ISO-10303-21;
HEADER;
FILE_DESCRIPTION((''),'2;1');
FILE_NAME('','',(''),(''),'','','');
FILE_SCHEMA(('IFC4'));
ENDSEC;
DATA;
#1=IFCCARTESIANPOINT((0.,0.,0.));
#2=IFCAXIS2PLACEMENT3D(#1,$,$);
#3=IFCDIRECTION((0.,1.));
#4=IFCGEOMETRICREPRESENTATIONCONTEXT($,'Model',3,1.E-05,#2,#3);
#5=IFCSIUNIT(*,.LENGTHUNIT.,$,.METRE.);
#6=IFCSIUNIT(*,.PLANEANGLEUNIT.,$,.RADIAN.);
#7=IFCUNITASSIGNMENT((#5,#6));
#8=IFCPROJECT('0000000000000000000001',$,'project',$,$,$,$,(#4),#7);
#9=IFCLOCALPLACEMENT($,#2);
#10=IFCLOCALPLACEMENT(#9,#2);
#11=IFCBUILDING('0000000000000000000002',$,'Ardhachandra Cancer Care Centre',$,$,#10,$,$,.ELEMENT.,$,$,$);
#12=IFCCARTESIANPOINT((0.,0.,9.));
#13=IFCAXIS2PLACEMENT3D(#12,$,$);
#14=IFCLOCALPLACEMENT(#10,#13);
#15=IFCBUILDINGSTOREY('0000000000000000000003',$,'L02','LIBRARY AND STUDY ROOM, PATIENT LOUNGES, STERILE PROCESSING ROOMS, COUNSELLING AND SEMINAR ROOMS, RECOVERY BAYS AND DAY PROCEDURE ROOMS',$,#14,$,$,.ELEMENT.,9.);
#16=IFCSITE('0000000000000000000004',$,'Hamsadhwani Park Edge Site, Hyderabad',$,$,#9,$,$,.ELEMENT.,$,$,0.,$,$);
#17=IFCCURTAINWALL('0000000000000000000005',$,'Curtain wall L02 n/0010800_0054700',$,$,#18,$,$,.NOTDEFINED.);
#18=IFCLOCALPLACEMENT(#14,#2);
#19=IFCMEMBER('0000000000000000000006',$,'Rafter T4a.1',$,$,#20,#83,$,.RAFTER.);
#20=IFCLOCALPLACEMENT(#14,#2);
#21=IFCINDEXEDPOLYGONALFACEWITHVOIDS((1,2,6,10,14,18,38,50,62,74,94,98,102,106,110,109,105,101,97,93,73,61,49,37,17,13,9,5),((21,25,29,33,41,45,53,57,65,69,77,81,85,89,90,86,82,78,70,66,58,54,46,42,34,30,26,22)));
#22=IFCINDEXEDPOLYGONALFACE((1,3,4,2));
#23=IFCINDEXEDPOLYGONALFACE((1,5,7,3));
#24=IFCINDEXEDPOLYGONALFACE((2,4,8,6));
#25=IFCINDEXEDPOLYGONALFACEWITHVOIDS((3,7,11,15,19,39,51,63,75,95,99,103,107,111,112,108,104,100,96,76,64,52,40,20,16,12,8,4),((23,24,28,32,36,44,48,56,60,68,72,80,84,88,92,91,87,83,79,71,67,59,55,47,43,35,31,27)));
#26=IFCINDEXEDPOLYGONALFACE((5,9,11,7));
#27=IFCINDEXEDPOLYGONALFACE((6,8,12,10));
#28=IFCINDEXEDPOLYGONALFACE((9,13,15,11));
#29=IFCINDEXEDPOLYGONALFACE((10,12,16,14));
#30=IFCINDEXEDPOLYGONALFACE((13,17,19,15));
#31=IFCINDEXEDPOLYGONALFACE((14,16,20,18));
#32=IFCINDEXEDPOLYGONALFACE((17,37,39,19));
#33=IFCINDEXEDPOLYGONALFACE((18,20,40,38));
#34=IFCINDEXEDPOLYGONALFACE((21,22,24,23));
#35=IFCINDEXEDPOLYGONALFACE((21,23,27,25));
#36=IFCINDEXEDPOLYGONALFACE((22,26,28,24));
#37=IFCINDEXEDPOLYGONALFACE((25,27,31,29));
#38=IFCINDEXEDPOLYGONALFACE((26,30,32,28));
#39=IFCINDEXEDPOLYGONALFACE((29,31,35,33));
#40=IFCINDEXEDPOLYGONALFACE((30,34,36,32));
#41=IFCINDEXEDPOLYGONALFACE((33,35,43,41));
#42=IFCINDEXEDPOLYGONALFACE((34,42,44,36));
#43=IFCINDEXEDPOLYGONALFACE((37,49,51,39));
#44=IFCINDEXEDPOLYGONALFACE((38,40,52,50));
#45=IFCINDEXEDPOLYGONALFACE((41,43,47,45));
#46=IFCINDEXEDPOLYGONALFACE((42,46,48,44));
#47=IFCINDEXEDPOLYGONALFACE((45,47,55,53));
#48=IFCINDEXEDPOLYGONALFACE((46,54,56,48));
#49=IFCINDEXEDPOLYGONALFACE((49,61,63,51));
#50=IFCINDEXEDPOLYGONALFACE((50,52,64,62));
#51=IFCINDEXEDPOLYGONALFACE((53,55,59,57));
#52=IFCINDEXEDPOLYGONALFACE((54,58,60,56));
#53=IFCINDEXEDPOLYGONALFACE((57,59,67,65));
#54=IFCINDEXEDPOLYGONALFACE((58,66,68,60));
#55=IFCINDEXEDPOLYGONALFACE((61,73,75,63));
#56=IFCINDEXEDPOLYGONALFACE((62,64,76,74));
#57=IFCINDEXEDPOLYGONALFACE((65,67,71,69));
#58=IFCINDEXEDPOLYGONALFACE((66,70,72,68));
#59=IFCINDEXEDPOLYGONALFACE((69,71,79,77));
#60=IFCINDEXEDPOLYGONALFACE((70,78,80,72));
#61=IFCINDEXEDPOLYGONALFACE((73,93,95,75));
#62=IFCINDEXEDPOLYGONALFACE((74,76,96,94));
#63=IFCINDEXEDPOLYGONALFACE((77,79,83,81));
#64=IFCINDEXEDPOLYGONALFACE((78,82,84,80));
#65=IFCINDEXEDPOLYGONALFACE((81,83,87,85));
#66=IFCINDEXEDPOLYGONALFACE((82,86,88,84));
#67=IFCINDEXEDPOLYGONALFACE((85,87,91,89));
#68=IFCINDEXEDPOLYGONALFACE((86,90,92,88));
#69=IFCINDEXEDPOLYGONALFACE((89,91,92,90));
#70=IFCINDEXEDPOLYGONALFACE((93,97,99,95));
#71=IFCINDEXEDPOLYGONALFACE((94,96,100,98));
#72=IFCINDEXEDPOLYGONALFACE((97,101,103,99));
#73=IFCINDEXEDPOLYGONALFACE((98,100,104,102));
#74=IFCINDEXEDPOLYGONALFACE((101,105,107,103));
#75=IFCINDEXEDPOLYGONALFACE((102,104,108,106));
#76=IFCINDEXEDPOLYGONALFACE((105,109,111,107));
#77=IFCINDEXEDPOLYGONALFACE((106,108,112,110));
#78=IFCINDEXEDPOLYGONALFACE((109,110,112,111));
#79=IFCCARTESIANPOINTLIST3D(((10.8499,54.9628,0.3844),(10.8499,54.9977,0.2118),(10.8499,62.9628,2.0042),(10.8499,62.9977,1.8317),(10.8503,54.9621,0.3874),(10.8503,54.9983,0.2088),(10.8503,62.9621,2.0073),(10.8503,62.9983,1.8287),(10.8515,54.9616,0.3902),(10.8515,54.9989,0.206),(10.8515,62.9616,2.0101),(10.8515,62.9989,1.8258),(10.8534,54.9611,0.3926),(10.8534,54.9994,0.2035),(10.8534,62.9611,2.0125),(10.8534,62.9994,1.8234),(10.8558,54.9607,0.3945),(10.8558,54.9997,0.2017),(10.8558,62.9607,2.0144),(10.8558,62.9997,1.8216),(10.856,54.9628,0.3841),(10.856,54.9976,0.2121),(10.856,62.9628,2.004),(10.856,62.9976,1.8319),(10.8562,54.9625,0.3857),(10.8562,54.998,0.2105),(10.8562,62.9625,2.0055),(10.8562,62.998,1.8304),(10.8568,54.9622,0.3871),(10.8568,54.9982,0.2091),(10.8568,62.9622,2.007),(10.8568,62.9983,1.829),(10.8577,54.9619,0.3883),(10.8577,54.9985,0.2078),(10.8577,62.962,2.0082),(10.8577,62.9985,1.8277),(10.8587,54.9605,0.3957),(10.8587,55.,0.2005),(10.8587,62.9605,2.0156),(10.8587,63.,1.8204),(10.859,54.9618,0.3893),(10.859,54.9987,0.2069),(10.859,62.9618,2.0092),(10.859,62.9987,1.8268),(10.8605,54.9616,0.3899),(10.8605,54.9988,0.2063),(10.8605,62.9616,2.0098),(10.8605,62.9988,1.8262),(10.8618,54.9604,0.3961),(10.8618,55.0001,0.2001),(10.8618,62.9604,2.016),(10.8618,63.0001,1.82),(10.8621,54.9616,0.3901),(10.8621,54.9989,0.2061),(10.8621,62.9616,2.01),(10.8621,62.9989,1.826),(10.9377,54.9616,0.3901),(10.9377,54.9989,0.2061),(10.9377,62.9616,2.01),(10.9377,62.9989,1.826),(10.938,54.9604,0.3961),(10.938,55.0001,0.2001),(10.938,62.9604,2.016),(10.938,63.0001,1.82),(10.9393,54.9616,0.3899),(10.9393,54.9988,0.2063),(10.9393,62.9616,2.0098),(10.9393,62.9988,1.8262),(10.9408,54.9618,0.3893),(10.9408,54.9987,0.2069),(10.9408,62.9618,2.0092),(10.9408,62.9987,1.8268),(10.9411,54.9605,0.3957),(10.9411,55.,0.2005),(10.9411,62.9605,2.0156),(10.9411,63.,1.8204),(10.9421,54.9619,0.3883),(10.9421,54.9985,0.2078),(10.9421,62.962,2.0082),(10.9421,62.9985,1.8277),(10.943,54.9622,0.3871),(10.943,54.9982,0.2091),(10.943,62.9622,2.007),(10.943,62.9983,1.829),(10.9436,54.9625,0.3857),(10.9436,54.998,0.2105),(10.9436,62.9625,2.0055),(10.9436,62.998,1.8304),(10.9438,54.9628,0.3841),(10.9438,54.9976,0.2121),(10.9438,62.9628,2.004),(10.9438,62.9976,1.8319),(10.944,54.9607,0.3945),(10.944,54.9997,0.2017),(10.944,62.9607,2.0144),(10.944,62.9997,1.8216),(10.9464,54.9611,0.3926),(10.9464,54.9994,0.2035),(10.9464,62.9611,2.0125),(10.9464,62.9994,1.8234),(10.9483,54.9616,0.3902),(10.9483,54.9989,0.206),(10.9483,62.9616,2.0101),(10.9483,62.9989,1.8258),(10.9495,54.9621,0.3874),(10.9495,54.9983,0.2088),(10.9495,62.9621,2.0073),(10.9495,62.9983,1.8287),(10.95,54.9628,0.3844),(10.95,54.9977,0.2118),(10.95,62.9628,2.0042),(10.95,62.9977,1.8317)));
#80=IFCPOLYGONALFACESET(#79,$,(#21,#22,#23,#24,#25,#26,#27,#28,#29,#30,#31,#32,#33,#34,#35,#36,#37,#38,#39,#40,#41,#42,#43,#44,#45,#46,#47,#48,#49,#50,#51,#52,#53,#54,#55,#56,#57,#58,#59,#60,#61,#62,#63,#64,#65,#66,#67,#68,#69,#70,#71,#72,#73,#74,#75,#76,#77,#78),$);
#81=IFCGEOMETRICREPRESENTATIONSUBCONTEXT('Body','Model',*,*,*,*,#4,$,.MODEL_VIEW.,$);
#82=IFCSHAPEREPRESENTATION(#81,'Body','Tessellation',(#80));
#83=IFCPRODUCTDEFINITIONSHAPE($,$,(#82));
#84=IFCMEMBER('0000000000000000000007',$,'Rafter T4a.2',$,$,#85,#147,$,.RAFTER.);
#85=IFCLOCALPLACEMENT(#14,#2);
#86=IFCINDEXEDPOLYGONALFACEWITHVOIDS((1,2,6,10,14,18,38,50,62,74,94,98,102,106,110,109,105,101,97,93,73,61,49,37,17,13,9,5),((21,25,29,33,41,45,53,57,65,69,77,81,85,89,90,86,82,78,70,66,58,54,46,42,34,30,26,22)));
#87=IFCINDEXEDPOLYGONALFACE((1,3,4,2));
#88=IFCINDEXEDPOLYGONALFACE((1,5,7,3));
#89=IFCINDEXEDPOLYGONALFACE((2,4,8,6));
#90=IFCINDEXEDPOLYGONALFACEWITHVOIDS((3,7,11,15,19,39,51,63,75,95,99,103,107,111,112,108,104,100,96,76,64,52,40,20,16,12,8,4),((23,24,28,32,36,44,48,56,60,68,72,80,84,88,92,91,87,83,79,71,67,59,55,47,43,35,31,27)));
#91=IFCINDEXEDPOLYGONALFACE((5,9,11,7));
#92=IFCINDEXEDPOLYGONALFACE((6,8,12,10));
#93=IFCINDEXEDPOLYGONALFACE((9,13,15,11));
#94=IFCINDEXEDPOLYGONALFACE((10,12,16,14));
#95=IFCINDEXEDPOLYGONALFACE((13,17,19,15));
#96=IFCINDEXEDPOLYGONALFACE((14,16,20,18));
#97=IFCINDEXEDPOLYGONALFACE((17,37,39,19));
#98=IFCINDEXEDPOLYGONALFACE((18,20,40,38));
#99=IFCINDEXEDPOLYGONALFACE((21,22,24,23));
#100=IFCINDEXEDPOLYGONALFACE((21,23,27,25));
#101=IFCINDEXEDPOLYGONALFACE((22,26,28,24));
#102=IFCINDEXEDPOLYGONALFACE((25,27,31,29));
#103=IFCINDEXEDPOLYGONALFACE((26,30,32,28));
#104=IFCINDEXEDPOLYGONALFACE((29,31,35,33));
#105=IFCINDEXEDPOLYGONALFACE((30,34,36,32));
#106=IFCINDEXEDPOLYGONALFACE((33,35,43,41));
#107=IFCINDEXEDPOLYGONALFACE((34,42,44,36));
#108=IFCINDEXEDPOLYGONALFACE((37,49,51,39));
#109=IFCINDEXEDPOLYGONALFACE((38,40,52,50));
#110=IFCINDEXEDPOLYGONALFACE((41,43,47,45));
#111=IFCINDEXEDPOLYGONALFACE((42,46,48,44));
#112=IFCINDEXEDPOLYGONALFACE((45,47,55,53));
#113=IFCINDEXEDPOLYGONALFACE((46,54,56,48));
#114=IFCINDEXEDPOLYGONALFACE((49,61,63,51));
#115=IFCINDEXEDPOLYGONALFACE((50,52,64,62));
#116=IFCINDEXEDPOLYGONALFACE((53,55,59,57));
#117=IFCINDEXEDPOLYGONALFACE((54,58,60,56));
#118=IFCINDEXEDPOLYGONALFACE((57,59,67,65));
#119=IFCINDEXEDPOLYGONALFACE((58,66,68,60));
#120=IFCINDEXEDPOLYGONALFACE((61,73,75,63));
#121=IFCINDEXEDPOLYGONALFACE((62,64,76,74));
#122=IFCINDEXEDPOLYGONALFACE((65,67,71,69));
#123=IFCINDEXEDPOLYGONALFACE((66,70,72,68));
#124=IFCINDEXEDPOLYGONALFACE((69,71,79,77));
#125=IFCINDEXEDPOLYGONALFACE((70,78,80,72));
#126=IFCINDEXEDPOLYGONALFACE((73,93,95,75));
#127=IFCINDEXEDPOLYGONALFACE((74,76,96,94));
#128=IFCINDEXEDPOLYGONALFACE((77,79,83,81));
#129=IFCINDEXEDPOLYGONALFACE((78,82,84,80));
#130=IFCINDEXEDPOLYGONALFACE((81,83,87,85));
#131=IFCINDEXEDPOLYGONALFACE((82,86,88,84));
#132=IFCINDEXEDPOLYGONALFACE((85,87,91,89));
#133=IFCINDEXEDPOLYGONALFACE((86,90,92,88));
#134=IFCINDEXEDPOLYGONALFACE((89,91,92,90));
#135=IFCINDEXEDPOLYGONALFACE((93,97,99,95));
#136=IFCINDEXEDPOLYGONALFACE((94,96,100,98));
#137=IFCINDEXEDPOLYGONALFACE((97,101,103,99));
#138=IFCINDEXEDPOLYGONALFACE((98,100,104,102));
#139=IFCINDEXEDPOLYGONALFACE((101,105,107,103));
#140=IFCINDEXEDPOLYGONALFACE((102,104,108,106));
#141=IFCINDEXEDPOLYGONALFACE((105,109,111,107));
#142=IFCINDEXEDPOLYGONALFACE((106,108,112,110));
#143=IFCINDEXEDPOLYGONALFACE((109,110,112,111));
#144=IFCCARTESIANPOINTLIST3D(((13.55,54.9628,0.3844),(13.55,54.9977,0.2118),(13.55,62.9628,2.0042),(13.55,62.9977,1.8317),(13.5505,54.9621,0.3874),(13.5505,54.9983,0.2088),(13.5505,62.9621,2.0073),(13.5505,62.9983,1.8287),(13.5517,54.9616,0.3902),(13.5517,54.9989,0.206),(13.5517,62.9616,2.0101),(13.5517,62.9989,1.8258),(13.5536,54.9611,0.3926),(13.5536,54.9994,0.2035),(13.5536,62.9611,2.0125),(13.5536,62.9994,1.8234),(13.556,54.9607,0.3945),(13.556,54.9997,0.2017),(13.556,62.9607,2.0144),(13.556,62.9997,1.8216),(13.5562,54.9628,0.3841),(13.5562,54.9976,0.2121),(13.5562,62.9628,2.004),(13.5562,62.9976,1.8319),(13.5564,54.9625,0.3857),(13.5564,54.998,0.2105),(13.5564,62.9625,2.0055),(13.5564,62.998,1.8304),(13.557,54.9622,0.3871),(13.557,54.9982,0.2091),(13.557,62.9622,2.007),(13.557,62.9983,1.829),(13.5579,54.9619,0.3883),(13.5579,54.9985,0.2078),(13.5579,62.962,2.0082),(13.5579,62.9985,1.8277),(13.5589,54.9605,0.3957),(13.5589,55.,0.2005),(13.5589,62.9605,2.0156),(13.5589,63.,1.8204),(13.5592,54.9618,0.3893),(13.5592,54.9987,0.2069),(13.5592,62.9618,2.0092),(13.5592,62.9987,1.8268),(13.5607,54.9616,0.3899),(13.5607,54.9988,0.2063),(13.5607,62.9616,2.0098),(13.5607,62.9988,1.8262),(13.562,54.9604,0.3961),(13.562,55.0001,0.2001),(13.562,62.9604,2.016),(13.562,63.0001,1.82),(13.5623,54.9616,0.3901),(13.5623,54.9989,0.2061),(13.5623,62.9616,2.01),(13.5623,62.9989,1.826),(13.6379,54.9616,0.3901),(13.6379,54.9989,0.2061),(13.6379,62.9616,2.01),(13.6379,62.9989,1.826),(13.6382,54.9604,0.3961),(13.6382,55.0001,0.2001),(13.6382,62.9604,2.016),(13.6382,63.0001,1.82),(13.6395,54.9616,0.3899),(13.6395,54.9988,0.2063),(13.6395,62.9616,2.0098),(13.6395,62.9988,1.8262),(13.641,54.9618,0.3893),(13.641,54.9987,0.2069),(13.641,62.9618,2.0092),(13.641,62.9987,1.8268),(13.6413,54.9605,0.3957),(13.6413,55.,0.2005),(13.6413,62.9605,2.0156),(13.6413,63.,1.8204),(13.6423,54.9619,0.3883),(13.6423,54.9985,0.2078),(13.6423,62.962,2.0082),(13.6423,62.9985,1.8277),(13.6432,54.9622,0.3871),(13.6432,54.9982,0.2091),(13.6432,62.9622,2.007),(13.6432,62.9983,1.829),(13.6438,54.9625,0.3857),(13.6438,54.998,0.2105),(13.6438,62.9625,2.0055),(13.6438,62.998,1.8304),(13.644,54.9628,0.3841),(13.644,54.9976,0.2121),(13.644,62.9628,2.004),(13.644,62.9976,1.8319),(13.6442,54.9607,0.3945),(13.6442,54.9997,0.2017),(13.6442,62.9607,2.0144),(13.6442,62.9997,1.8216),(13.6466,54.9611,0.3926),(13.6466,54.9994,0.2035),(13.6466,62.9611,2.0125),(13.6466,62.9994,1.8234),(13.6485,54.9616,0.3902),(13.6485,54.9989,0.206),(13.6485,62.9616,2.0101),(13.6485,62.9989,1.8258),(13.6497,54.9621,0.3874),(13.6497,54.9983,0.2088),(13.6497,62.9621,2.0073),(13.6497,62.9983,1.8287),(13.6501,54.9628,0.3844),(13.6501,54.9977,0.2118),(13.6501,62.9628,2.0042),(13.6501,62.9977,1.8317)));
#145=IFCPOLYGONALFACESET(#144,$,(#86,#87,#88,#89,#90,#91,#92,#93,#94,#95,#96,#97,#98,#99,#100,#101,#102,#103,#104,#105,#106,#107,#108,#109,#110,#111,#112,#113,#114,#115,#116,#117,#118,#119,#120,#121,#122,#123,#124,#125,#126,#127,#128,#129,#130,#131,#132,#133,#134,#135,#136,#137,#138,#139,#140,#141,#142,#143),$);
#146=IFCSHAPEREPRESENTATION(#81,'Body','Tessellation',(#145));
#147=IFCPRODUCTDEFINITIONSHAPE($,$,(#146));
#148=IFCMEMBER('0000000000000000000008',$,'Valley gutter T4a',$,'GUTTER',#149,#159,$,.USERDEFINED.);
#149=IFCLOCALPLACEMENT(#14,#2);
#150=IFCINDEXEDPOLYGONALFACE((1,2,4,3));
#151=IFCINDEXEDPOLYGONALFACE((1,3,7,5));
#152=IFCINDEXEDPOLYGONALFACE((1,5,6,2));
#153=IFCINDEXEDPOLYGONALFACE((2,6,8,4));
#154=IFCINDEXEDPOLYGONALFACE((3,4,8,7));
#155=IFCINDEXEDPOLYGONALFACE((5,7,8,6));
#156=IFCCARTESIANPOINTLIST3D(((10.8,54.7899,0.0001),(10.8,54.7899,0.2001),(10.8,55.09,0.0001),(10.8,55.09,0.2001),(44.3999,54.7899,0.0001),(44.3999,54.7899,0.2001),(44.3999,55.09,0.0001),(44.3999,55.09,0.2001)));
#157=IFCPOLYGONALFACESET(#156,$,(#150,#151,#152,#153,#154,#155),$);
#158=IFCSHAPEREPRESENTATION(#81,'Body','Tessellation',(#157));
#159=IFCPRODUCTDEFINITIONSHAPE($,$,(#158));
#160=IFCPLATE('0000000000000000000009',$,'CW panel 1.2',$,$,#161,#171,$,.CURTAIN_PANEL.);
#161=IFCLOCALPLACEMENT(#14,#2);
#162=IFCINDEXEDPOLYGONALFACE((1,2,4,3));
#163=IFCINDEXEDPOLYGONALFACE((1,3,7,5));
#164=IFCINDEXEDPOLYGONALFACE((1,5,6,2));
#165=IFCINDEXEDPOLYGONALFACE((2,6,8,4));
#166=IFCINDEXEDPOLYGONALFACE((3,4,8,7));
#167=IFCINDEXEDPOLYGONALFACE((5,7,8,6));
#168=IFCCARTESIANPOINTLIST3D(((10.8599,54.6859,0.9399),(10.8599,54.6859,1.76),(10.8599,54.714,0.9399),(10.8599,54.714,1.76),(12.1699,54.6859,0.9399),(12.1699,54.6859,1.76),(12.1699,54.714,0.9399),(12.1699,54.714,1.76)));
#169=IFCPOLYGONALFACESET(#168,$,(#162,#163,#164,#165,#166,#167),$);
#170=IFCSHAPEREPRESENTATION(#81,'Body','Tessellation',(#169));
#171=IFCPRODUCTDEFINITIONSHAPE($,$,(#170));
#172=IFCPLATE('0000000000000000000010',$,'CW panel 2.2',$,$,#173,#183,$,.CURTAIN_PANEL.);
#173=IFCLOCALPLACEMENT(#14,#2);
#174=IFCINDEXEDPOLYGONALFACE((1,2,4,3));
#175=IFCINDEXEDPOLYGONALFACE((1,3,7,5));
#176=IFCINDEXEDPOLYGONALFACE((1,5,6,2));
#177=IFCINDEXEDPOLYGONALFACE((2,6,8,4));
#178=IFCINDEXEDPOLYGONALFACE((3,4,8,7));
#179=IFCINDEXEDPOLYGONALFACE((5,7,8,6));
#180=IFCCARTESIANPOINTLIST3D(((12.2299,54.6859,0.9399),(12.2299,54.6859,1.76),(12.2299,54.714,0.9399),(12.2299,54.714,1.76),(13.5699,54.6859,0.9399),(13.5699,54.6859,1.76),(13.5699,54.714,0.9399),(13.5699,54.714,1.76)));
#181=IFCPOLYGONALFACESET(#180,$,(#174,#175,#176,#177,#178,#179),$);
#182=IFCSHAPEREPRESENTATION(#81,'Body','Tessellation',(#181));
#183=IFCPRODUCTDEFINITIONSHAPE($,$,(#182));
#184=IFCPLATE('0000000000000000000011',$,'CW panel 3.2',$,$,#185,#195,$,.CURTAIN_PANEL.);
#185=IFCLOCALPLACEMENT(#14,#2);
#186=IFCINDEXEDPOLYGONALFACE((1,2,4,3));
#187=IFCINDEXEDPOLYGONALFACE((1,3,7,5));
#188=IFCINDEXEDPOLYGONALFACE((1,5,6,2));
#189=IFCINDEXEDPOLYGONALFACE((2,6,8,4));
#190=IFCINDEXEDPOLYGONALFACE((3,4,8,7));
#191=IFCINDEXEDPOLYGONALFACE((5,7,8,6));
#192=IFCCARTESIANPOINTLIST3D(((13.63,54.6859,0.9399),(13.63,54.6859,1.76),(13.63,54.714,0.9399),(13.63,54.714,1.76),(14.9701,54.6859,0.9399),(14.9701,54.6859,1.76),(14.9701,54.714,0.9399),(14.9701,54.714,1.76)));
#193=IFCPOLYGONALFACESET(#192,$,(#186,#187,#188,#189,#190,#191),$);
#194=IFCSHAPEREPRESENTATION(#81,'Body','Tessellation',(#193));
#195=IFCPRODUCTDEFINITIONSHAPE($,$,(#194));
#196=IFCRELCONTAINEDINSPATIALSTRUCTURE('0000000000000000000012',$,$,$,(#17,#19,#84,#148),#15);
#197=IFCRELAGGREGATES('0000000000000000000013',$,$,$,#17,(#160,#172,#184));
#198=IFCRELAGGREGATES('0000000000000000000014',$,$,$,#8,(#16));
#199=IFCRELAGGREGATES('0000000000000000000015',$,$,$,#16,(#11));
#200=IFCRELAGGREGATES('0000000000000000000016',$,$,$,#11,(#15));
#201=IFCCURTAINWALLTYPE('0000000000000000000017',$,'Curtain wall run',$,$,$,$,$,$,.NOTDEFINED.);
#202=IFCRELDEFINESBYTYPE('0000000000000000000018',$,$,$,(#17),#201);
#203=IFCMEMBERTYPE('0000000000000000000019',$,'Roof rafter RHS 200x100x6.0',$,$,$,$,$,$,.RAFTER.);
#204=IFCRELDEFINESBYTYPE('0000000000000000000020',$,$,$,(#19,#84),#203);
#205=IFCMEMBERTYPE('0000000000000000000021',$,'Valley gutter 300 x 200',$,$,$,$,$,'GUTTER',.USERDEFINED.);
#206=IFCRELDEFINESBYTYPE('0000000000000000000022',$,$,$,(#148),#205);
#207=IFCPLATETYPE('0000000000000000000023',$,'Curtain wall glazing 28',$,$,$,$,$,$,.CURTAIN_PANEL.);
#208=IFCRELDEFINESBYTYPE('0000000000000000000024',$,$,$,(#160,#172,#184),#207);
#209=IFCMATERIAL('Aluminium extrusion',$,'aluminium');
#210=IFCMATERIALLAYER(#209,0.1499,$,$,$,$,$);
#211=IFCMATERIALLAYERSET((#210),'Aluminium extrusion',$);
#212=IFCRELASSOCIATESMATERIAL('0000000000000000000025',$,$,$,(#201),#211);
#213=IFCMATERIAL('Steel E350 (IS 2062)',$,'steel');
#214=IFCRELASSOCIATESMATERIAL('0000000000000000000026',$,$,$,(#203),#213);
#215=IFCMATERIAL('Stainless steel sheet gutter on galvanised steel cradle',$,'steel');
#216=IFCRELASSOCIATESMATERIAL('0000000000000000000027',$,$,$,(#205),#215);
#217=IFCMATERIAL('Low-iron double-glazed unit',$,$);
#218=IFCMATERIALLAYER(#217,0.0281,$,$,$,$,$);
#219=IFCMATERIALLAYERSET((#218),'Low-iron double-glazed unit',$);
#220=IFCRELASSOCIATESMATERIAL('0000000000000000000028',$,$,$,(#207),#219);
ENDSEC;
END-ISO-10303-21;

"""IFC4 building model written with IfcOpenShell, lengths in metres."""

from ifc_helpers import new_model, si_unit, direction, frame, origin, origin_2d, place, context, subcontext, project, spatial, rectangle, hollow_rectangle, extrude, material, layer, layer_set, material_profile, profile_set, type_object, element, aggregate, save


model = new_model("IFC4")

# Units and contexts
model_context = context("Model", 3, precision=1e-05, world=origin(), true_north=direction((0.0, 1.0)))
body_context = subcontext(model_context, "Body", "Model", "MODEL_VIEW")
ifc_project = project(units=[si_unit("LENGTHUNIT", "METRE"), si_unit("PLANEANGLEUNIT", "RADIAN")], contexts=[model_context])

# Site, building, storey
site_placement = place(None, origin())
site = spatial("IfcSite", under=ifc_project, at=site_placement, Name="Hamsadhwani Park Edge Site, Hyderabad", CompositionType="ELEMENT", RefElevation=0.0)
building_placement = place(site_placement, origin())
building = spatial("IfcBuilding", under=site, at=building_placement, Name="Ardhachandra Cancer Care Centre", CompositionType="ELEMENT")
storey_placement = place(building_placement, frame((0.0, 0.0, 9.0)))
storey = spatial("IfcBuildingStorey", under=building, at=storey_placement, Name="L02", Description="LIBRARY AND STUDY ROOM, PATIENT LOUNGES, STERILE PROCESSING ROOMS, COUNSELLING AND SEMINAR ROOMS, RECOVERY BAYS AND DAY PROCEDURE ROOMS", CompositionType="ELEMENT", Elevation=9.0)

# Curtain wall
ifc_material_1 = material(Name="Aluminium extrusion", Category="aluminium")
ifc_layer_1 = layer(ifc_material_1, 0.1499)
ifc_layer_set_1 = layer_set([ifc_layer_1], Name="Aluminium extrusion")
curtain_wall_type = type_object("IfcCurtainWallType", Name="Curtain wall run", PredefinedType="NOTDEFINED", material=ifc_layer_set_1)
curtain_wall_placement = place(storey_placement, origin())
curtain_wall = element("IfcCurtainWall", 1, at=curtain_wall_placement, inside=storey, type_object=curtain_wall_type, Name="Curtain wall L02 n/0010800_0054700", PredefinedType="NOTDEFINED")

# Members
ifc_material_2 = material(Name="Steel E350 (IS 2062)", Category="steel")
ifc_material_profile_1 = material_profile(ifc_material_2, hollow_rectangle(XDim=0.1001, YDim=0.2, WallThickness=0.0061, InnerFilletRadius=0.0061, OuterFilletRadius=0.012, at=origin_2d()), Name="RHS 200x100x6.0")
ifc_profile_set_1 = profile_set([ifc_material_profile_1], Name="Steel E350 (IS 2062)")
member_type_1 = type_object("IfcMemberType", Name="Roof rafter RHS 200x100x6.0", PredefinedType="RAFTER", material=ifc_profile_set_1)
for number, where, z_axis, x_axis, name in (
    (2, (10.8999, 54.9802, 0.2981), (0.0, 0.98011, 0.198457), (-1.0, 0.0, 0.0), "Rafter T4a.1"),
    (3, (13.6001, 54.9802, 0.2981), (0.0, 0.98011, 0.198457), (-1.0, 0.0, 0.0), "Rafter T4a.2"),
):
    element("IfcMember", number, at=place(storey_placement, frame(where, z_axis=z_axis, x_axis=x_axis)), inside=storey, type_object=member_type_1, Name=name, PredefinedType="RAFTER", context=body_context, shape_type="SweptSolid", body=[
        extrude(hollow_rectangle(XDim=0.1001, YDim=0.2, WallThickness=0.0061, InnerFilletRadius=0.0061, OuterFilletRadius=0.012, at=origin_2d()), origin(), (0.0, 0.0, 1.0), 8.1624),
    ])
ifc_material_3 = material(Name="Stainless steel sheet gutter on galvanised steel cradle", Category="steel")
ifc_material_profile_2 = material_profile(ifc_material_3, rectangle(XDim=0.3, YDim=0.2, at=origin_2d()), Name="Valley gutter 300 x 200")
ifc_profile_set_2 = profile_set([ifc_material_profile_2], Name="Stainless steel sheet gutter on galvanised steel cradle")
member_type_2 = type_object("IfcMemberType", Name="Valley gutter 300 x 200", ElementType="GUTTER", PredefinedType="USERDEFINED", material=ifc_profile_set_2)
member_1_placement = place(storey_placement, frame((10.8, 54.9399, 0.1001), z_axis=(1.0, 0.0, 0.0), x_axis=(0.0, 1.0, 0.0)))
element("IfcMember", 4, at=member_1_placement, inside=storey, type_object=member_type_2, Name="Valley gutter T4a", ObjectType="GUTTER", PredefinedType="USERDEFINED", context=body_context, shape_type="SweptSolid", body=[
    extrude(rectangle(XDim=0.3, YDim=0.2, at=origin_2d()), origin(), (0.0, 0.0, 1.0), 33.5999),
])

# Plates
ifc_material_4 = material(Name="Low-iron double-glazed unit")
ifc_layer_2 = layer(ifc_material_4, 0.0281)
ifc_layer_set_2 = layer_set([ifc_layer_2], Name="Low-iron double-glazed unit")
plate_type_1 = type_object("IfcPlateType", Name="Curtain wall glazing 28", PredefinedType="CURTAIN_PANEL", material=ifc_layer_set_2)
plate_1_placement = place(storey_placement, frame((11.5149, 54.7, 0.9399), z_axis=(0.0, 0.0, 1.0), x_axis=(1.0, 0.0, 0.0)))
plate_1 = element("IfcPlate", 5, at=plate_1_placement, type_object=plate_type_1, Name="CW panel 1.2", PredefinedType="CURTAIN_PANEL", context=body_context, shape_type="SweptSolid", body=[
    extrude(rectangle(XDim=1.3101, YDim=0.0281, at=origin_2d()), origin(), (0.0, 0.0, 1.0), 0.8201),
])
plate_2_placement = place(storey_placement, frame((12.8999, 54.7, 0.9399), z_axis=(0.0, 0.0, 1.0), x_axis=(1.0, 0.0, 0.0)))
plate_2 = element("IfcPlate", 6, at=plate_2_placement, type_object=plate_type_1, Name="CW panel 2.2", PredefinedType="CURTAIN_PANEL", context=body_context, shape_type="SweptSolid", body=[
    extrude(rectangle(XDim=1.3401, YDim=0.0281, at=origin_2d()), origin(), (0.0, 0.0, 1.0), 0.8201),
])
plate_3_placement = place(storey_placement, frame((14.3, 54.7, 0.9399), z_axis=(0.0, 0.0, 1.0), x_axis=(1.0, 0.0, 0.0)))
plate_3 = element("IfcPlate", 7, at=plate_3_placement, type_object=plate_type_1, Name="CW panel 3.2", PredefinedType="CURTAIN_PANEL", context=body_context, shape_type="SweptSolid", body=[
    extrude(rectangle(XDim=1.3401, YDim=0.0281, at=origin_2d()), origin(), (0.0, 0.0, 1.0), 0.8201),
])
aggregate(curtain_wall, [plate_1, plate_2, plate_3])

save(model, "model.ifc")
